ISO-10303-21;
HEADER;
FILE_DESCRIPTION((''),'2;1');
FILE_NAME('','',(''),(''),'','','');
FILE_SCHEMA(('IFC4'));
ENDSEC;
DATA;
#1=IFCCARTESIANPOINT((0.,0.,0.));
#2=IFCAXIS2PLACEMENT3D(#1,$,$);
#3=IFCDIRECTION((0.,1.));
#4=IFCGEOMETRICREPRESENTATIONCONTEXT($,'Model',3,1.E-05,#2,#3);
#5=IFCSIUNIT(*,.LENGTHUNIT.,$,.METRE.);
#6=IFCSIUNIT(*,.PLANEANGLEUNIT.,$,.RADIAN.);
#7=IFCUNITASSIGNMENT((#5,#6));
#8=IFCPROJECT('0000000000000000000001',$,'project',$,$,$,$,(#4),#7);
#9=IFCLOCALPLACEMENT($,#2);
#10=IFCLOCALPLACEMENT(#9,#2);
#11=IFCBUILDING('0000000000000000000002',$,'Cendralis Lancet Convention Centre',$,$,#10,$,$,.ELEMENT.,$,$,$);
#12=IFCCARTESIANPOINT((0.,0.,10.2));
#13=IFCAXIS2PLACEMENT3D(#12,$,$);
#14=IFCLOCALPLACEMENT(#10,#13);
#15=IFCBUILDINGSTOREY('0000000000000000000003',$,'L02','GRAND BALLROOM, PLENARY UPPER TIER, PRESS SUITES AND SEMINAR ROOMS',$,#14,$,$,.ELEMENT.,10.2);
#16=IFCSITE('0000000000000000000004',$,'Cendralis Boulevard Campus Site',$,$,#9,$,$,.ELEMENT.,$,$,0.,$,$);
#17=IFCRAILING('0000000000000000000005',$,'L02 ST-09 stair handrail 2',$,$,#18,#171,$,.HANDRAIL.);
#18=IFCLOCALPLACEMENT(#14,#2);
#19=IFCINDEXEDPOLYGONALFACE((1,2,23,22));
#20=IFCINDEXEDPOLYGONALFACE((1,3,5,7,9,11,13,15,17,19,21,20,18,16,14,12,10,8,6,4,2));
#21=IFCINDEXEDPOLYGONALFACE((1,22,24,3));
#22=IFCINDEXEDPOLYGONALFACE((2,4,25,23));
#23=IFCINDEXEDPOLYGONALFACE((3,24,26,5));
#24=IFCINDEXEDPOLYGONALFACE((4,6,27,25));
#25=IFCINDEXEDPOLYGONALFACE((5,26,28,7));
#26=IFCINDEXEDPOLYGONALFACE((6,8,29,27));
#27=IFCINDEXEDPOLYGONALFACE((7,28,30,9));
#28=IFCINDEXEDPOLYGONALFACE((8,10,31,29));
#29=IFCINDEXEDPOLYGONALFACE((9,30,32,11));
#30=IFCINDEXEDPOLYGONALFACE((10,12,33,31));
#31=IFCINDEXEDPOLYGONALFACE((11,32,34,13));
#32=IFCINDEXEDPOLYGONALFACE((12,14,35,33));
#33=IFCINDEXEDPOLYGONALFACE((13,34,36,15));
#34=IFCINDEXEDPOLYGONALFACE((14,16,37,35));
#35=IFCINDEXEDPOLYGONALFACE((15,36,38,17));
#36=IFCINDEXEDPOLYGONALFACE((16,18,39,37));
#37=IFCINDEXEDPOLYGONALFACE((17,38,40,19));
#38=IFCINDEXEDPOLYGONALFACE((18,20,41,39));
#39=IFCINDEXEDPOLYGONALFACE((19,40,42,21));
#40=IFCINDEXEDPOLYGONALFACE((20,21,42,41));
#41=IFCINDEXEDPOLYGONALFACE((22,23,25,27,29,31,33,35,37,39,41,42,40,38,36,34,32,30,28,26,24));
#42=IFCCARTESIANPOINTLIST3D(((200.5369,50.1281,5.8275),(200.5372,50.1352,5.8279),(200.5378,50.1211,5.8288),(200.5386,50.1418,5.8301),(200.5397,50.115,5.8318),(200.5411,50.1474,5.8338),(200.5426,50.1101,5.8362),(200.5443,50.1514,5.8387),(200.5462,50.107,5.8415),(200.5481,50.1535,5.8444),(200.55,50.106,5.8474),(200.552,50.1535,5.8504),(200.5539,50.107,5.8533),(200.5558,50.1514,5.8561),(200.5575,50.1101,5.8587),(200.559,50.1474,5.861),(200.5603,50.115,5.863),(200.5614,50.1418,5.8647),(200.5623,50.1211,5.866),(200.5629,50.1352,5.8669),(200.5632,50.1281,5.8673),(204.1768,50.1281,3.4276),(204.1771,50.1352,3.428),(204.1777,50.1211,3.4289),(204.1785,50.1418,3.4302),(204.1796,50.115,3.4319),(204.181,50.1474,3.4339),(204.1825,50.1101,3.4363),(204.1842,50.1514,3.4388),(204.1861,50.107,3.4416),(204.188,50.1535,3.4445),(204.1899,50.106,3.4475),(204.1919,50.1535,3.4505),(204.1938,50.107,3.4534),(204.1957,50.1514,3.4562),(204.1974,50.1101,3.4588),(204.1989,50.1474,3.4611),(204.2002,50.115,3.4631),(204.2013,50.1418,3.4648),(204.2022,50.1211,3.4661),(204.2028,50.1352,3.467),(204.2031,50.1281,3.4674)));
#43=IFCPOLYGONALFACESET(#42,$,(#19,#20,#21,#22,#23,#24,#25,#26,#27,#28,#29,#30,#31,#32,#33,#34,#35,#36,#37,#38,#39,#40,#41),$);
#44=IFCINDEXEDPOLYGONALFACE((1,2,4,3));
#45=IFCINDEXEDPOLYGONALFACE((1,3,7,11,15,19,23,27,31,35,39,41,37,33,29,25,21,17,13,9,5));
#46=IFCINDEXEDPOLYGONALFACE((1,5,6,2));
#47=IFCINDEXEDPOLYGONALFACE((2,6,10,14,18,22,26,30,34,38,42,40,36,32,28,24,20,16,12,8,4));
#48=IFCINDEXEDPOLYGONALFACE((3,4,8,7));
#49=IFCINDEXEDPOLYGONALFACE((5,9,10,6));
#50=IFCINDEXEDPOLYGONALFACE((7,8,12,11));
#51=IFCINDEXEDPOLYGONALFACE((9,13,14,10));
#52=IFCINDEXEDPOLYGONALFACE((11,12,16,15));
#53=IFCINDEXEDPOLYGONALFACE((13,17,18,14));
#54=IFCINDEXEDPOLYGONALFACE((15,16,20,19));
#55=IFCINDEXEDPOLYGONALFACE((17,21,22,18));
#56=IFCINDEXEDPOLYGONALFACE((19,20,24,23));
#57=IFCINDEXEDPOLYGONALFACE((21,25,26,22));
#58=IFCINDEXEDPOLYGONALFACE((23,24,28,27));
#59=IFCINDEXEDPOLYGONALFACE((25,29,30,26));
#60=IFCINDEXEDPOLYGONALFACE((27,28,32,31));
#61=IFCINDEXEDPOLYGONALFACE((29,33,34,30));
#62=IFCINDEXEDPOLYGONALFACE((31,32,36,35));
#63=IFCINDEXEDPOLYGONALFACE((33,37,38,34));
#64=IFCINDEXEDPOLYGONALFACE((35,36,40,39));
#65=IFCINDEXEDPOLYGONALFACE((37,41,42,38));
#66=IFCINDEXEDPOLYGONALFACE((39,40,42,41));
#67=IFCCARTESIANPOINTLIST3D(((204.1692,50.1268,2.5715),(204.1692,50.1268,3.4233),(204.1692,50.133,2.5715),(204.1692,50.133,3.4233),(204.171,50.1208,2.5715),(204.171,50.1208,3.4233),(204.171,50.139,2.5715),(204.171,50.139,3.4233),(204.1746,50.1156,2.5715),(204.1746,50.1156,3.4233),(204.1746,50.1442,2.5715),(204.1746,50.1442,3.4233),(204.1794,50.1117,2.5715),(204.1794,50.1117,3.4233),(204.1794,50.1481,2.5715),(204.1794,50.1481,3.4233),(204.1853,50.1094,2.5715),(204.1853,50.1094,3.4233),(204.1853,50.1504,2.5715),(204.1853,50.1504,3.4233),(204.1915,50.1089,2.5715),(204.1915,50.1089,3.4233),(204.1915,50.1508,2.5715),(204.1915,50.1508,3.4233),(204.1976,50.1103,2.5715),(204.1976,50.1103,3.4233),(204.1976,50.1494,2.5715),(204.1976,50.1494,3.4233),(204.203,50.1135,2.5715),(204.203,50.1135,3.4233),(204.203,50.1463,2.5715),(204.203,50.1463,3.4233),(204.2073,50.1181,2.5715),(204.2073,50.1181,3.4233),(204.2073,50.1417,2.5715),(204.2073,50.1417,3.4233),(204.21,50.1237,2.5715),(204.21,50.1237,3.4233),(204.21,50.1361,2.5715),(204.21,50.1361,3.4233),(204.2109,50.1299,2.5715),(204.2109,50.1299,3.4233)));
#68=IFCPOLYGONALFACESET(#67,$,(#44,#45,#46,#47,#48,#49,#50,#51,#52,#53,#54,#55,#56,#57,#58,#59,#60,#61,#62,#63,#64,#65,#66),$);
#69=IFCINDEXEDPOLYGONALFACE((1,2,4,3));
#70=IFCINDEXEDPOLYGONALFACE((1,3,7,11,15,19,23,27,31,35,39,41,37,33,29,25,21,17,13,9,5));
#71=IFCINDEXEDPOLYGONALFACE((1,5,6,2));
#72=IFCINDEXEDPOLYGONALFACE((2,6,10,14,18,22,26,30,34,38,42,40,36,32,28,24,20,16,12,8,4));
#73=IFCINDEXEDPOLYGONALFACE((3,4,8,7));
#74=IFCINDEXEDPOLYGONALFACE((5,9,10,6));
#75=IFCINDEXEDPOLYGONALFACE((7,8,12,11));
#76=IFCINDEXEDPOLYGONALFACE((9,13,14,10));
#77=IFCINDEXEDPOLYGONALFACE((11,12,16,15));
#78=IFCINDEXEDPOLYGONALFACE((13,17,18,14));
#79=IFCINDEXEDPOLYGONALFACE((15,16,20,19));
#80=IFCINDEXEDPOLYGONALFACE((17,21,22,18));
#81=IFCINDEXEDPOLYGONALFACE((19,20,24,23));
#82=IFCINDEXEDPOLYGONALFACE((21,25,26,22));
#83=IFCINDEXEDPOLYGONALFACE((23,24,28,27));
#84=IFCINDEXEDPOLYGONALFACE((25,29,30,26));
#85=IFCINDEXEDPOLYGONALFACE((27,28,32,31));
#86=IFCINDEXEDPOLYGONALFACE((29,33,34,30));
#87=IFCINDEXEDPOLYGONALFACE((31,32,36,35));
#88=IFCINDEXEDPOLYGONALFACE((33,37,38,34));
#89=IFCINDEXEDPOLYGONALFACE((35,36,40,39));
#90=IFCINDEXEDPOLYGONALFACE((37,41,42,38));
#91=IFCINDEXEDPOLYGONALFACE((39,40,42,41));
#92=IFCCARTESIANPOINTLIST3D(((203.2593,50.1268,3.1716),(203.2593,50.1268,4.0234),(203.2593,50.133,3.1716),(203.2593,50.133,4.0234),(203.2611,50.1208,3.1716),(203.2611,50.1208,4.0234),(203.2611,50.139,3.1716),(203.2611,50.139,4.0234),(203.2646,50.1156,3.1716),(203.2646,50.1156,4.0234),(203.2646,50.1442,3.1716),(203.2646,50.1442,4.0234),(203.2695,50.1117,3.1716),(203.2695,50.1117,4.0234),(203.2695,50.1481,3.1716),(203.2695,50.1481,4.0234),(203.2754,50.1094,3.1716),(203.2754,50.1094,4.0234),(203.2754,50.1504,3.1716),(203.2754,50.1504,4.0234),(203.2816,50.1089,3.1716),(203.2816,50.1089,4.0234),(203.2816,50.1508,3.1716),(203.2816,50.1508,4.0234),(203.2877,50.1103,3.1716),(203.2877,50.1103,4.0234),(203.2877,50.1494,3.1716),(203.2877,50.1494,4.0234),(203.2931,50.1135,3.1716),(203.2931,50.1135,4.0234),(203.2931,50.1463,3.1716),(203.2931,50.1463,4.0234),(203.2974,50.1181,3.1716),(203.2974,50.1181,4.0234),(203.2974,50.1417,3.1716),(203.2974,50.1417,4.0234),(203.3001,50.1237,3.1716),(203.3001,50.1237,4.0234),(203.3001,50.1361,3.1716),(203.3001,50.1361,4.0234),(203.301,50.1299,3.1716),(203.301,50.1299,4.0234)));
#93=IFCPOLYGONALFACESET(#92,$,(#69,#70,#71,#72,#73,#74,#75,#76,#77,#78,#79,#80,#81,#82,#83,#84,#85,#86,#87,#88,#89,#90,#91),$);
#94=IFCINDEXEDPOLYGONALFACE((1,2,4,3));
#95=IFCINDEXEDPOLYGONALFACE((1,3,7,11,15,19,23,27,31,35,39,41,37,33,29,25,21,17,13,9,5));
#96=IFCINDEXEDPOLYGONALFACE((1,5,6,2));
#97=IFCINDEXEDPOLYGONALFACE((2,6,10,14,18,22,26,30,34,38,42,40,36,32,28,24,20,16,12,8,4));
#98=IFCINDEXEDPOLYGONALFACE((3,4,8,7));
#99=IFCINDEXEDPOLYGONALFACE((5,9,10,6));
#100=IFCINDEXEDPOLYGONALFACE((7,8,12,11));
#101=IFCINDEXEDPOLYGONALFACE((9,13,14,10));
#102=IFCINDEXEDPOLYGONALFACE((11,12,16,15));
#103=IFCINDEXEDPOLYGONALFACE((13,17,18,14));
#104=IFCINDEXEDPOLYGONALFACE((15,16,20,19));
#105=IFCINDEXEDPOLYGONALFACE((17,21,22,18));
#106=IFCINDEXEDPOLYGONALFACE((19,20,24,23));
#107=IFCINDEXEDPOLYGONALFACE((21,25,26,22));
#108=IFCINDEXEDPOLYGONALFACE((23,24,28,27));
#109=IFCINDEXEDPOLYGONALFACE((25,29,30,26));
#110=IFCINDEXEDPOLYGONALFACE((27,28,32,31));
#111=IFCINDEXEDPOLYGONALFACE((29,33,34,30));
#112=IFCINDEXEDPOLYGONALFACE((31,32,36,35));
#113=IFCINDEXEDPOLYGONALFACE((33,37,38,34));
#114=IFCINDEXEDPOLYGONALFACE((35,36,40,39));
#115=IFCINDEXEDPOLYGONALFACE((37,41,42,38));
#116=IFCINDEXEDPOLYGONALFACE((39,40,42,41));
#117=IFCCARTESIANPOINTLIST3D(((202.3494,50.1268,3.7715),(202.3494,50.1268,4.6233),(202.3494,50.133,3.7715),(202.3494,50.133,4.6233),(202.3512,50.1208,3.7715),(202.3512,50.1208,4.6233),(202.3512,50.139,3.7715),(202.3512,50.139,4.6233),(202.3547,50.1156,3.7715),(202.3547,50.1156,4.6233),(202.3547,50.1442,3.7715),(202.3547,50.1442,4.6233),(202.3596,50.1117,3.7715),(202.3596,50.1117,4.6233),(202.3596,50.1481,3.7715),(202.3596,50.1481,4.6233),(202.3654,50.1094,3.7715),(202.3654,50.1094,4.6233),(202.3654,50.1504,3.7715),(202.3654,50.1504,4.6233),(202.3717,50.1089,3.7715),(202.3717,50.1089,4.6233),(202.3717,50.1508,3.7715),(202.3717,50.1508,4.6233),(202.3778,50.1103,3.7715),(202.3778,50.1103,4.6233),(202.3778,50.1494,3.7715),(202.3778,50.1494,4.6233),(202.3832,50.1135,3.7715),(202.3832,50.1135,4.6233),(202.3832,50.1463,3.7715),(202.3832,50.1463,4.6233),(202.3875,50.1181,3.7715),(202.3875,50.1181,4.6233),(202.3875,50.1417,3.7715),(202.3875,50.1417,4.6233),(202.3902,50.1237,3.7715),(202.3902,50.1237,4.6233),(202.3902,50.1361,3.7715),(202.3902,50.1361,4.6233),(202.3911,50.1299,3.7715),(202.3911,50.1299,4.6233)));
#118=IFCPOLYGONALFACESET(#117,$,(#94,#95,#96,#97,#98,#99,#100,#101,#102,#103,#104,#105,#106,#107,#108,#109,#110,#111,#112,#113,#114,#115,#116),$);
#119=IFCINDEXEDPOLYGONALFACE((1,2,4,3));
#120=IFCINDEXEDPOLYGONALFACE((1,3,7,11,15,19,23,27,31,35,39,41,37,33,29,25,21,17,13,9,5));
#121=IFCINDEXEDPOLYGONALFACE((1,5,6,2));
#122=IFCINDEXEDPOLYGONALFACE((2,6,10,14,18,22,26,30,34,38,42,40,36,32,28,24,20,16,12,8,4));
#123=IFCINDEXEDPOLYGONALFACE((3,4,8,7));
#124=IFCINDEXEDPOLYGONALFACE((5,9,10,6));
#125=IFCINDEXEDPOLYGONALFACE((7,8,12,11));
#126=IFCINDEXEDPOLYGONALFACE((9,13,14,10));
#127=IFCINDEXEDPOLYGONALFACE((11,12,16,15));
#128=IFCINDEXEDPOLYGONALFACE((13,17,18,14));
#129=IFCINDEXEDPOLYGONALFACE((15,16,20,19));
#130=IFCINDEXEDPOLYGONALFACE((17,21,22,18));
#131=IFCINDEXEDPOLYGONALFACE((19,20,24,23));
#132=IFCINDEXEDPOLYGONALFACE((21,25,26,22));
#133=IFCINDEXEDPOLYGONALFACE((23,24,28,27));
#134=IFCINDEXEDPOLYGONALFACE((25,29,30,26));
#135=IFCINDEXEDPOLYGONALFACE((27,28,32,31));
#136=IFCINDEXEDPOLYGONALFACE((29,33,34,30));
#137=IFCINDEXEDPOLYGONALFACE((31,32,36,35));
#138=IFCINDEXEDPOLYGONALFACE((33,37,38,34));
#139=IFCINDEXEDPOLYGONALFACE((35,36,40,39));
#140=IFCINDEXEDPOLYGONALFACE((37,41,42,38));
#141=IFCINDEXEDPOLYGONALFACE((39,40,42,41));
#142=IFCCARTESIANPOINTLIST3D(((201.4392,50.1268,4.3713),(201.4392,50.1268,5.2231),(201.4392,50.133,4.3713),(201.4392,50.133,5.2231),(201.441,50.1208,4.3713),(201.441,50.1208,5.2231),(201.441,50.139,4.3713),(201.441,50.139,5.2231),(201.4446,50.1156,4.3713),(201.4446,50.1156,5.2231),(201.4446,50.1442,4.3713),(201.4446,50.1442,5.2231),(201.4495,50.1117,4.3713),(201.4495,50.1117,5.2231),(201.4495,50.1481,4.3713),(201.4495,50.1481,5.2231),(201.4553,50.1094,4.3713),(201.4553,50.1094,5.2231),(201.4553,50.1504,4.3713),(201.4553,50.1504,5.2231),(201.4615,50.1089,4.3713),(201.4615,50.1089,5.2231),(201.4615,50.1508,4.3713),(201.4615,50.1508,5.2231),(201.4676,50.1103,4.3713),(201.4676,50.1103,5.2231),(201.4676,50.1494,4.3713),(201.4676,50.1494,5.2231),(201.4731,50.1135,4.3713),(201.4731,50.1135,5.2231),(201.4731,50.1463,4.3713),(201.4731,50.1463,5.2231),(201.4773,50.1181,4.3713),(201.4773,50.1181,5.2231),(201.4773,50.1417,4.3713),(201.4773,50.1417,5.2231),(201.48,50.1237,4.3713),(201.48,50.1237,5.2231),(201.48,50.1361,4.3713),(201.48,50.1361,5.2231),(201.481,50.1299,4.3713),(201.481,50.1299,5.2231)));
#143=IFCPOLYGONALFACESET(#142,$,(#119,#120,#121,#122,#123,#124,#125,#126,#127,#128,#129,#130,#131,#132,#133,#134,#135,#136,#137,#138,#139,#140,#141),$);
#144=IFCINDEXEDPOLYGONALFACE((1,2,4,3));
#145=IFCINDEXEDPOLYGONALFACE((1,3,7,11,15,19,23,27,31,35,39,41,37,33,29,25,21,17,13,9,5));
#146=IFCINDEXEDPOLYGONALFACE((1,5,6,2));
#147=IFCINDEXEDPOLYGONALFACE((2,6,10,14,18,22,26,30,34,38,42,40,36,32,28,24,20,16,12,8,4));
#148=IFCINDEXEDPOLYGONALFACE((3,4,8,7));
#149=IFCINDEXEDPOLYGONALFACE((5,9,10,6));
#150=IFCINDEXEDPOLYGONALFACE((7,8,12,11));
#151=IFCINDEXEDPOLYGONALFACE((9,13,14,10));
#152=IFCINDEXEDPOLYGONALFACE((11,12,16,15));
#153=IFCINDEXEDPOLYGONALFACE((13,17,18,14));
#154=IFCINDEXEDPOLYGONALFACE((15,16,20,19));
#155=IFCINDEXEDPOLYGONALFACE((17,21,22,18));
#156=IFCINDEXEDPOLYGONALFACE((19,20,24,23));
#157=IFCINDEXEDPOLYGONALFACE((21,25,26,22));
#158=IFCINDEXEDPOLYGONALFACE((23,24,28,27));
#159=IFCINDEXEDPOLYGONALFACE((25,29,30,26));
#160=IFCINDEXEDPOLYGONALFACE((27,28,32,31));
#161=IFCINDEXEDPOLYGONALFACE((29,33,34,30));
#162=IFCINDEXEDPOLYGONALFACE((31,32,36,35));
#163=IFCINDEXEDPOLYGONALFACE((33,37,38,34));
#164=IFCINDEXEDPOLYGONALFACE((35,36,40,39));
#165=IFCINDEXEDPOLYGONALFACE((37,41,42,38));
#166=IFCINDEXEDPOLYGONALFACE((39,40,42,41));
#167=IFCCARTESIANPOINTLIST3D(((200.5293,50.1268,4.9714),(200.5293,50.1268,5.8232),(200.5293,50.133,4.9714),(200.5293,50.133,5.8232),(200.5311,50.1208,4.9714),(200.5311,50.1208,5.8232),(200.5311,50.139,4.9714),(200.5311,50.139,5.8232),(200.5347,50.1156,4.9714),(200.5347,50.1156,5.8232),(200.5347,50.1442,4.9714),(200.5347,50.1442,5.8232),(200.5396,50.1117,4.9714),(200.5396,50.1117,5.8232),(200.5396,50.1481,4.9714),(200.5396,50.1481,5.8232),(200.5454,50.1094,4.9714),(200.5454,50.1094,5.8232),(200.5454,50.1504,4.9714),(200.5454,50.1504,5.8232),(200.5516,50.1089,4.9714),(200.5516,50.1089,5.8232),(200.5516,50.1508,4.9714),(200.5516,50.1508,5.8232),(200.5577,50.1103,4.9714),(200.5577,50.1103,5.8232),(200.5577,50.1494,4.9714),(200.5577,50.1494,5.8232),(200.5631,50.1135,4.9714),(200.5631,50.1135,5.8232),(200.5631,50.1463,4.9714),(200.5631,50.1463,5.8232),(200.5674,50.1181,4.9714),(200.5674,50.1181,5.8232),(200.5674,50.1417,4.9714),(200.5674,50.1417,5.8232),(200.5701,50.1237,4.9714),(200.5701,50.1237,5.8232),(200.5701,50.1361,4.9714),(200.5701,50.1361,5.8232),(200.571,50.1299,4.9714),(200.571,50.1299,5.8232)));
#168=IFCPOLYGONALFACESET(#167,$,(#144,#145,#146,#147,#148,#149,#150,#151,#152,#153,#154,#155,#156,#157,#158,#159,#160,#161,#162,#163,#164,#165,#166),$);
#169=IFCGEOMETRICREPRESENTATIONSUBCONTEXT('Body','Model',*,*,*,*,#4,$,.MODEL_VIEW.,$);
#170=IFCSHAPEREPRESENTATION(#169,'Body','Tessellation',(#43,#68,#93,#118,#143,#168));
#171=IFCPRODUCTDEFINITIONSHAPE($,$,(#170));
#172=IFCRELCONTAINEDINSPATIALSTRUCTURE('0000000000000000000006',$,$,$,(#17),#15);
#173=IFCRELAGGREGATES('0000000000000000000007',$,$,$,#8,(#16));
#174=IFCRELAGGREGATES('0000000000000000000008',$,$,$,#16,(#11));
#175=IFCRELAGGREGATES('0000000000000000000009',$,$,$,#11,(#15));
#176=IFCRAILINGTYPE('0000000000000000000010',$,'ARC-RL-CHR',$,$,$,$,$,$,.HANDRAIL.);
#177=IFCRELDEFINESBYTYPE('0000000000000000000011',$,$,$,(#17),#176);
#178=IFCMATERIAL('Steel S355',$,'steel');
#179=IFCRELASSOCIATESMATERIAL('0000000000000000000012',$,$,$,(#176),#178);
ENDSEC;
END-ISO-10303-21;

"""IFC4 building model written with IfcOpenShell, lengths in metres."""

from ifc_helpers import new_model, si_unit, direction, frame, origin, origin_2d, place, context, subcontext, project, spatial, circle, extrude, material, type_object, element, save


model = new_model("IFC4")

# Units and contexts
model_context = context("Model", 3, precision=1e-05, world=origin(), true_north=direction((0.0, 1.0)))
body_context = subcontext(model_context, "Body", "Model", "MODEL_VIEW")
ifc_project = project(units=[si_unit("LENGTHUNIT", "METRE"), si_unit("PLANEANGLEUNIT", "RADIAN")], contexts=[model_context])

# Site, building, storey
site_placement = place(None, origin())
site = spatial("IfcSite", under=ifc_project, at=site_placement, Name="Cendralis Boulevard Campus Site", CompositionType="ELEMENT", RefElevation=0.0)
building_placement = place(site_placement, origin())
building = spatial("IfcBuilding", under=site, at=building_placement, Name="Cendralis Lancet Convention Centre", CompositionType="ELEMENT")
storey_placement = place(building_placement, frame((0.0, 0.0, 10.2)))
storey = spatial("IfcBuildingStorey", under=building, at=storey_placement, Name="L02", Description="GRAND BALLROOM, PLENARY UPPER TIER, PRESS SUITES AND SEMINAR ROOMS", CompositionType="ELEMENT", Elevation=10.2)

# Railing
ifc_material_1 = material(Name="Steel S355", Category="steel")
railing_type_1 = type_object("IfcRailingType", Name="ARC-RL-CHR", PredefinedType="HANDRAIL", material=ifc_material_1)
railing_1_placement = place(storey_placement, frame((204.1899, 50.1299, 2.5715)))
element("IfcRailing", 1, at=railing_1_placement, inside=storey, type_object=railing_type_1, Name="L02 ST-09 stair handrail 2", PredefinedType="HANDRAIL", context=body_context, shape_type="SweptSolid", body=[
    extrude(circle(Radius=0.0239, at=origin_2d()), frame((0.0, 0.0, 0.876), z_axis=(-0.834865, 0.0, 0.550454), x_axis=(0.0, -1.0, 0.0)), (0.0, 0.0, 1.0), 4.3599),
    extrude(circle(Radius=0.021, at=origin_2d()), origin(), (0.0, 0.0, 1.0), 0.8518),
    extrude(circle(Radius=0.021, at=origin_2d()), frame((-0.9099, 0.0, 0.6001)), (0.0, 0.0, 1.0), 0.8518),
    extrude(circle(Radius=0.021, at=origin_2d()), frame((-1.8198, 0.0, 1.2)), (0.0, 0.0, 1.0), 0.8518),
    extrude(circle(Radius=0.021, at=origin_2d()), frame((-2.73, 0.0, 1.7998)), (0.0, 0.0, 1.0), 0.8518),
    extrude(circle(Radius=0.021, at=origin_2d()), frame((-3.6399, 0.0, 2.3999)), (0.0, 0.0, 1.0), 0.8518),
])

save(model, "model.ifc")
